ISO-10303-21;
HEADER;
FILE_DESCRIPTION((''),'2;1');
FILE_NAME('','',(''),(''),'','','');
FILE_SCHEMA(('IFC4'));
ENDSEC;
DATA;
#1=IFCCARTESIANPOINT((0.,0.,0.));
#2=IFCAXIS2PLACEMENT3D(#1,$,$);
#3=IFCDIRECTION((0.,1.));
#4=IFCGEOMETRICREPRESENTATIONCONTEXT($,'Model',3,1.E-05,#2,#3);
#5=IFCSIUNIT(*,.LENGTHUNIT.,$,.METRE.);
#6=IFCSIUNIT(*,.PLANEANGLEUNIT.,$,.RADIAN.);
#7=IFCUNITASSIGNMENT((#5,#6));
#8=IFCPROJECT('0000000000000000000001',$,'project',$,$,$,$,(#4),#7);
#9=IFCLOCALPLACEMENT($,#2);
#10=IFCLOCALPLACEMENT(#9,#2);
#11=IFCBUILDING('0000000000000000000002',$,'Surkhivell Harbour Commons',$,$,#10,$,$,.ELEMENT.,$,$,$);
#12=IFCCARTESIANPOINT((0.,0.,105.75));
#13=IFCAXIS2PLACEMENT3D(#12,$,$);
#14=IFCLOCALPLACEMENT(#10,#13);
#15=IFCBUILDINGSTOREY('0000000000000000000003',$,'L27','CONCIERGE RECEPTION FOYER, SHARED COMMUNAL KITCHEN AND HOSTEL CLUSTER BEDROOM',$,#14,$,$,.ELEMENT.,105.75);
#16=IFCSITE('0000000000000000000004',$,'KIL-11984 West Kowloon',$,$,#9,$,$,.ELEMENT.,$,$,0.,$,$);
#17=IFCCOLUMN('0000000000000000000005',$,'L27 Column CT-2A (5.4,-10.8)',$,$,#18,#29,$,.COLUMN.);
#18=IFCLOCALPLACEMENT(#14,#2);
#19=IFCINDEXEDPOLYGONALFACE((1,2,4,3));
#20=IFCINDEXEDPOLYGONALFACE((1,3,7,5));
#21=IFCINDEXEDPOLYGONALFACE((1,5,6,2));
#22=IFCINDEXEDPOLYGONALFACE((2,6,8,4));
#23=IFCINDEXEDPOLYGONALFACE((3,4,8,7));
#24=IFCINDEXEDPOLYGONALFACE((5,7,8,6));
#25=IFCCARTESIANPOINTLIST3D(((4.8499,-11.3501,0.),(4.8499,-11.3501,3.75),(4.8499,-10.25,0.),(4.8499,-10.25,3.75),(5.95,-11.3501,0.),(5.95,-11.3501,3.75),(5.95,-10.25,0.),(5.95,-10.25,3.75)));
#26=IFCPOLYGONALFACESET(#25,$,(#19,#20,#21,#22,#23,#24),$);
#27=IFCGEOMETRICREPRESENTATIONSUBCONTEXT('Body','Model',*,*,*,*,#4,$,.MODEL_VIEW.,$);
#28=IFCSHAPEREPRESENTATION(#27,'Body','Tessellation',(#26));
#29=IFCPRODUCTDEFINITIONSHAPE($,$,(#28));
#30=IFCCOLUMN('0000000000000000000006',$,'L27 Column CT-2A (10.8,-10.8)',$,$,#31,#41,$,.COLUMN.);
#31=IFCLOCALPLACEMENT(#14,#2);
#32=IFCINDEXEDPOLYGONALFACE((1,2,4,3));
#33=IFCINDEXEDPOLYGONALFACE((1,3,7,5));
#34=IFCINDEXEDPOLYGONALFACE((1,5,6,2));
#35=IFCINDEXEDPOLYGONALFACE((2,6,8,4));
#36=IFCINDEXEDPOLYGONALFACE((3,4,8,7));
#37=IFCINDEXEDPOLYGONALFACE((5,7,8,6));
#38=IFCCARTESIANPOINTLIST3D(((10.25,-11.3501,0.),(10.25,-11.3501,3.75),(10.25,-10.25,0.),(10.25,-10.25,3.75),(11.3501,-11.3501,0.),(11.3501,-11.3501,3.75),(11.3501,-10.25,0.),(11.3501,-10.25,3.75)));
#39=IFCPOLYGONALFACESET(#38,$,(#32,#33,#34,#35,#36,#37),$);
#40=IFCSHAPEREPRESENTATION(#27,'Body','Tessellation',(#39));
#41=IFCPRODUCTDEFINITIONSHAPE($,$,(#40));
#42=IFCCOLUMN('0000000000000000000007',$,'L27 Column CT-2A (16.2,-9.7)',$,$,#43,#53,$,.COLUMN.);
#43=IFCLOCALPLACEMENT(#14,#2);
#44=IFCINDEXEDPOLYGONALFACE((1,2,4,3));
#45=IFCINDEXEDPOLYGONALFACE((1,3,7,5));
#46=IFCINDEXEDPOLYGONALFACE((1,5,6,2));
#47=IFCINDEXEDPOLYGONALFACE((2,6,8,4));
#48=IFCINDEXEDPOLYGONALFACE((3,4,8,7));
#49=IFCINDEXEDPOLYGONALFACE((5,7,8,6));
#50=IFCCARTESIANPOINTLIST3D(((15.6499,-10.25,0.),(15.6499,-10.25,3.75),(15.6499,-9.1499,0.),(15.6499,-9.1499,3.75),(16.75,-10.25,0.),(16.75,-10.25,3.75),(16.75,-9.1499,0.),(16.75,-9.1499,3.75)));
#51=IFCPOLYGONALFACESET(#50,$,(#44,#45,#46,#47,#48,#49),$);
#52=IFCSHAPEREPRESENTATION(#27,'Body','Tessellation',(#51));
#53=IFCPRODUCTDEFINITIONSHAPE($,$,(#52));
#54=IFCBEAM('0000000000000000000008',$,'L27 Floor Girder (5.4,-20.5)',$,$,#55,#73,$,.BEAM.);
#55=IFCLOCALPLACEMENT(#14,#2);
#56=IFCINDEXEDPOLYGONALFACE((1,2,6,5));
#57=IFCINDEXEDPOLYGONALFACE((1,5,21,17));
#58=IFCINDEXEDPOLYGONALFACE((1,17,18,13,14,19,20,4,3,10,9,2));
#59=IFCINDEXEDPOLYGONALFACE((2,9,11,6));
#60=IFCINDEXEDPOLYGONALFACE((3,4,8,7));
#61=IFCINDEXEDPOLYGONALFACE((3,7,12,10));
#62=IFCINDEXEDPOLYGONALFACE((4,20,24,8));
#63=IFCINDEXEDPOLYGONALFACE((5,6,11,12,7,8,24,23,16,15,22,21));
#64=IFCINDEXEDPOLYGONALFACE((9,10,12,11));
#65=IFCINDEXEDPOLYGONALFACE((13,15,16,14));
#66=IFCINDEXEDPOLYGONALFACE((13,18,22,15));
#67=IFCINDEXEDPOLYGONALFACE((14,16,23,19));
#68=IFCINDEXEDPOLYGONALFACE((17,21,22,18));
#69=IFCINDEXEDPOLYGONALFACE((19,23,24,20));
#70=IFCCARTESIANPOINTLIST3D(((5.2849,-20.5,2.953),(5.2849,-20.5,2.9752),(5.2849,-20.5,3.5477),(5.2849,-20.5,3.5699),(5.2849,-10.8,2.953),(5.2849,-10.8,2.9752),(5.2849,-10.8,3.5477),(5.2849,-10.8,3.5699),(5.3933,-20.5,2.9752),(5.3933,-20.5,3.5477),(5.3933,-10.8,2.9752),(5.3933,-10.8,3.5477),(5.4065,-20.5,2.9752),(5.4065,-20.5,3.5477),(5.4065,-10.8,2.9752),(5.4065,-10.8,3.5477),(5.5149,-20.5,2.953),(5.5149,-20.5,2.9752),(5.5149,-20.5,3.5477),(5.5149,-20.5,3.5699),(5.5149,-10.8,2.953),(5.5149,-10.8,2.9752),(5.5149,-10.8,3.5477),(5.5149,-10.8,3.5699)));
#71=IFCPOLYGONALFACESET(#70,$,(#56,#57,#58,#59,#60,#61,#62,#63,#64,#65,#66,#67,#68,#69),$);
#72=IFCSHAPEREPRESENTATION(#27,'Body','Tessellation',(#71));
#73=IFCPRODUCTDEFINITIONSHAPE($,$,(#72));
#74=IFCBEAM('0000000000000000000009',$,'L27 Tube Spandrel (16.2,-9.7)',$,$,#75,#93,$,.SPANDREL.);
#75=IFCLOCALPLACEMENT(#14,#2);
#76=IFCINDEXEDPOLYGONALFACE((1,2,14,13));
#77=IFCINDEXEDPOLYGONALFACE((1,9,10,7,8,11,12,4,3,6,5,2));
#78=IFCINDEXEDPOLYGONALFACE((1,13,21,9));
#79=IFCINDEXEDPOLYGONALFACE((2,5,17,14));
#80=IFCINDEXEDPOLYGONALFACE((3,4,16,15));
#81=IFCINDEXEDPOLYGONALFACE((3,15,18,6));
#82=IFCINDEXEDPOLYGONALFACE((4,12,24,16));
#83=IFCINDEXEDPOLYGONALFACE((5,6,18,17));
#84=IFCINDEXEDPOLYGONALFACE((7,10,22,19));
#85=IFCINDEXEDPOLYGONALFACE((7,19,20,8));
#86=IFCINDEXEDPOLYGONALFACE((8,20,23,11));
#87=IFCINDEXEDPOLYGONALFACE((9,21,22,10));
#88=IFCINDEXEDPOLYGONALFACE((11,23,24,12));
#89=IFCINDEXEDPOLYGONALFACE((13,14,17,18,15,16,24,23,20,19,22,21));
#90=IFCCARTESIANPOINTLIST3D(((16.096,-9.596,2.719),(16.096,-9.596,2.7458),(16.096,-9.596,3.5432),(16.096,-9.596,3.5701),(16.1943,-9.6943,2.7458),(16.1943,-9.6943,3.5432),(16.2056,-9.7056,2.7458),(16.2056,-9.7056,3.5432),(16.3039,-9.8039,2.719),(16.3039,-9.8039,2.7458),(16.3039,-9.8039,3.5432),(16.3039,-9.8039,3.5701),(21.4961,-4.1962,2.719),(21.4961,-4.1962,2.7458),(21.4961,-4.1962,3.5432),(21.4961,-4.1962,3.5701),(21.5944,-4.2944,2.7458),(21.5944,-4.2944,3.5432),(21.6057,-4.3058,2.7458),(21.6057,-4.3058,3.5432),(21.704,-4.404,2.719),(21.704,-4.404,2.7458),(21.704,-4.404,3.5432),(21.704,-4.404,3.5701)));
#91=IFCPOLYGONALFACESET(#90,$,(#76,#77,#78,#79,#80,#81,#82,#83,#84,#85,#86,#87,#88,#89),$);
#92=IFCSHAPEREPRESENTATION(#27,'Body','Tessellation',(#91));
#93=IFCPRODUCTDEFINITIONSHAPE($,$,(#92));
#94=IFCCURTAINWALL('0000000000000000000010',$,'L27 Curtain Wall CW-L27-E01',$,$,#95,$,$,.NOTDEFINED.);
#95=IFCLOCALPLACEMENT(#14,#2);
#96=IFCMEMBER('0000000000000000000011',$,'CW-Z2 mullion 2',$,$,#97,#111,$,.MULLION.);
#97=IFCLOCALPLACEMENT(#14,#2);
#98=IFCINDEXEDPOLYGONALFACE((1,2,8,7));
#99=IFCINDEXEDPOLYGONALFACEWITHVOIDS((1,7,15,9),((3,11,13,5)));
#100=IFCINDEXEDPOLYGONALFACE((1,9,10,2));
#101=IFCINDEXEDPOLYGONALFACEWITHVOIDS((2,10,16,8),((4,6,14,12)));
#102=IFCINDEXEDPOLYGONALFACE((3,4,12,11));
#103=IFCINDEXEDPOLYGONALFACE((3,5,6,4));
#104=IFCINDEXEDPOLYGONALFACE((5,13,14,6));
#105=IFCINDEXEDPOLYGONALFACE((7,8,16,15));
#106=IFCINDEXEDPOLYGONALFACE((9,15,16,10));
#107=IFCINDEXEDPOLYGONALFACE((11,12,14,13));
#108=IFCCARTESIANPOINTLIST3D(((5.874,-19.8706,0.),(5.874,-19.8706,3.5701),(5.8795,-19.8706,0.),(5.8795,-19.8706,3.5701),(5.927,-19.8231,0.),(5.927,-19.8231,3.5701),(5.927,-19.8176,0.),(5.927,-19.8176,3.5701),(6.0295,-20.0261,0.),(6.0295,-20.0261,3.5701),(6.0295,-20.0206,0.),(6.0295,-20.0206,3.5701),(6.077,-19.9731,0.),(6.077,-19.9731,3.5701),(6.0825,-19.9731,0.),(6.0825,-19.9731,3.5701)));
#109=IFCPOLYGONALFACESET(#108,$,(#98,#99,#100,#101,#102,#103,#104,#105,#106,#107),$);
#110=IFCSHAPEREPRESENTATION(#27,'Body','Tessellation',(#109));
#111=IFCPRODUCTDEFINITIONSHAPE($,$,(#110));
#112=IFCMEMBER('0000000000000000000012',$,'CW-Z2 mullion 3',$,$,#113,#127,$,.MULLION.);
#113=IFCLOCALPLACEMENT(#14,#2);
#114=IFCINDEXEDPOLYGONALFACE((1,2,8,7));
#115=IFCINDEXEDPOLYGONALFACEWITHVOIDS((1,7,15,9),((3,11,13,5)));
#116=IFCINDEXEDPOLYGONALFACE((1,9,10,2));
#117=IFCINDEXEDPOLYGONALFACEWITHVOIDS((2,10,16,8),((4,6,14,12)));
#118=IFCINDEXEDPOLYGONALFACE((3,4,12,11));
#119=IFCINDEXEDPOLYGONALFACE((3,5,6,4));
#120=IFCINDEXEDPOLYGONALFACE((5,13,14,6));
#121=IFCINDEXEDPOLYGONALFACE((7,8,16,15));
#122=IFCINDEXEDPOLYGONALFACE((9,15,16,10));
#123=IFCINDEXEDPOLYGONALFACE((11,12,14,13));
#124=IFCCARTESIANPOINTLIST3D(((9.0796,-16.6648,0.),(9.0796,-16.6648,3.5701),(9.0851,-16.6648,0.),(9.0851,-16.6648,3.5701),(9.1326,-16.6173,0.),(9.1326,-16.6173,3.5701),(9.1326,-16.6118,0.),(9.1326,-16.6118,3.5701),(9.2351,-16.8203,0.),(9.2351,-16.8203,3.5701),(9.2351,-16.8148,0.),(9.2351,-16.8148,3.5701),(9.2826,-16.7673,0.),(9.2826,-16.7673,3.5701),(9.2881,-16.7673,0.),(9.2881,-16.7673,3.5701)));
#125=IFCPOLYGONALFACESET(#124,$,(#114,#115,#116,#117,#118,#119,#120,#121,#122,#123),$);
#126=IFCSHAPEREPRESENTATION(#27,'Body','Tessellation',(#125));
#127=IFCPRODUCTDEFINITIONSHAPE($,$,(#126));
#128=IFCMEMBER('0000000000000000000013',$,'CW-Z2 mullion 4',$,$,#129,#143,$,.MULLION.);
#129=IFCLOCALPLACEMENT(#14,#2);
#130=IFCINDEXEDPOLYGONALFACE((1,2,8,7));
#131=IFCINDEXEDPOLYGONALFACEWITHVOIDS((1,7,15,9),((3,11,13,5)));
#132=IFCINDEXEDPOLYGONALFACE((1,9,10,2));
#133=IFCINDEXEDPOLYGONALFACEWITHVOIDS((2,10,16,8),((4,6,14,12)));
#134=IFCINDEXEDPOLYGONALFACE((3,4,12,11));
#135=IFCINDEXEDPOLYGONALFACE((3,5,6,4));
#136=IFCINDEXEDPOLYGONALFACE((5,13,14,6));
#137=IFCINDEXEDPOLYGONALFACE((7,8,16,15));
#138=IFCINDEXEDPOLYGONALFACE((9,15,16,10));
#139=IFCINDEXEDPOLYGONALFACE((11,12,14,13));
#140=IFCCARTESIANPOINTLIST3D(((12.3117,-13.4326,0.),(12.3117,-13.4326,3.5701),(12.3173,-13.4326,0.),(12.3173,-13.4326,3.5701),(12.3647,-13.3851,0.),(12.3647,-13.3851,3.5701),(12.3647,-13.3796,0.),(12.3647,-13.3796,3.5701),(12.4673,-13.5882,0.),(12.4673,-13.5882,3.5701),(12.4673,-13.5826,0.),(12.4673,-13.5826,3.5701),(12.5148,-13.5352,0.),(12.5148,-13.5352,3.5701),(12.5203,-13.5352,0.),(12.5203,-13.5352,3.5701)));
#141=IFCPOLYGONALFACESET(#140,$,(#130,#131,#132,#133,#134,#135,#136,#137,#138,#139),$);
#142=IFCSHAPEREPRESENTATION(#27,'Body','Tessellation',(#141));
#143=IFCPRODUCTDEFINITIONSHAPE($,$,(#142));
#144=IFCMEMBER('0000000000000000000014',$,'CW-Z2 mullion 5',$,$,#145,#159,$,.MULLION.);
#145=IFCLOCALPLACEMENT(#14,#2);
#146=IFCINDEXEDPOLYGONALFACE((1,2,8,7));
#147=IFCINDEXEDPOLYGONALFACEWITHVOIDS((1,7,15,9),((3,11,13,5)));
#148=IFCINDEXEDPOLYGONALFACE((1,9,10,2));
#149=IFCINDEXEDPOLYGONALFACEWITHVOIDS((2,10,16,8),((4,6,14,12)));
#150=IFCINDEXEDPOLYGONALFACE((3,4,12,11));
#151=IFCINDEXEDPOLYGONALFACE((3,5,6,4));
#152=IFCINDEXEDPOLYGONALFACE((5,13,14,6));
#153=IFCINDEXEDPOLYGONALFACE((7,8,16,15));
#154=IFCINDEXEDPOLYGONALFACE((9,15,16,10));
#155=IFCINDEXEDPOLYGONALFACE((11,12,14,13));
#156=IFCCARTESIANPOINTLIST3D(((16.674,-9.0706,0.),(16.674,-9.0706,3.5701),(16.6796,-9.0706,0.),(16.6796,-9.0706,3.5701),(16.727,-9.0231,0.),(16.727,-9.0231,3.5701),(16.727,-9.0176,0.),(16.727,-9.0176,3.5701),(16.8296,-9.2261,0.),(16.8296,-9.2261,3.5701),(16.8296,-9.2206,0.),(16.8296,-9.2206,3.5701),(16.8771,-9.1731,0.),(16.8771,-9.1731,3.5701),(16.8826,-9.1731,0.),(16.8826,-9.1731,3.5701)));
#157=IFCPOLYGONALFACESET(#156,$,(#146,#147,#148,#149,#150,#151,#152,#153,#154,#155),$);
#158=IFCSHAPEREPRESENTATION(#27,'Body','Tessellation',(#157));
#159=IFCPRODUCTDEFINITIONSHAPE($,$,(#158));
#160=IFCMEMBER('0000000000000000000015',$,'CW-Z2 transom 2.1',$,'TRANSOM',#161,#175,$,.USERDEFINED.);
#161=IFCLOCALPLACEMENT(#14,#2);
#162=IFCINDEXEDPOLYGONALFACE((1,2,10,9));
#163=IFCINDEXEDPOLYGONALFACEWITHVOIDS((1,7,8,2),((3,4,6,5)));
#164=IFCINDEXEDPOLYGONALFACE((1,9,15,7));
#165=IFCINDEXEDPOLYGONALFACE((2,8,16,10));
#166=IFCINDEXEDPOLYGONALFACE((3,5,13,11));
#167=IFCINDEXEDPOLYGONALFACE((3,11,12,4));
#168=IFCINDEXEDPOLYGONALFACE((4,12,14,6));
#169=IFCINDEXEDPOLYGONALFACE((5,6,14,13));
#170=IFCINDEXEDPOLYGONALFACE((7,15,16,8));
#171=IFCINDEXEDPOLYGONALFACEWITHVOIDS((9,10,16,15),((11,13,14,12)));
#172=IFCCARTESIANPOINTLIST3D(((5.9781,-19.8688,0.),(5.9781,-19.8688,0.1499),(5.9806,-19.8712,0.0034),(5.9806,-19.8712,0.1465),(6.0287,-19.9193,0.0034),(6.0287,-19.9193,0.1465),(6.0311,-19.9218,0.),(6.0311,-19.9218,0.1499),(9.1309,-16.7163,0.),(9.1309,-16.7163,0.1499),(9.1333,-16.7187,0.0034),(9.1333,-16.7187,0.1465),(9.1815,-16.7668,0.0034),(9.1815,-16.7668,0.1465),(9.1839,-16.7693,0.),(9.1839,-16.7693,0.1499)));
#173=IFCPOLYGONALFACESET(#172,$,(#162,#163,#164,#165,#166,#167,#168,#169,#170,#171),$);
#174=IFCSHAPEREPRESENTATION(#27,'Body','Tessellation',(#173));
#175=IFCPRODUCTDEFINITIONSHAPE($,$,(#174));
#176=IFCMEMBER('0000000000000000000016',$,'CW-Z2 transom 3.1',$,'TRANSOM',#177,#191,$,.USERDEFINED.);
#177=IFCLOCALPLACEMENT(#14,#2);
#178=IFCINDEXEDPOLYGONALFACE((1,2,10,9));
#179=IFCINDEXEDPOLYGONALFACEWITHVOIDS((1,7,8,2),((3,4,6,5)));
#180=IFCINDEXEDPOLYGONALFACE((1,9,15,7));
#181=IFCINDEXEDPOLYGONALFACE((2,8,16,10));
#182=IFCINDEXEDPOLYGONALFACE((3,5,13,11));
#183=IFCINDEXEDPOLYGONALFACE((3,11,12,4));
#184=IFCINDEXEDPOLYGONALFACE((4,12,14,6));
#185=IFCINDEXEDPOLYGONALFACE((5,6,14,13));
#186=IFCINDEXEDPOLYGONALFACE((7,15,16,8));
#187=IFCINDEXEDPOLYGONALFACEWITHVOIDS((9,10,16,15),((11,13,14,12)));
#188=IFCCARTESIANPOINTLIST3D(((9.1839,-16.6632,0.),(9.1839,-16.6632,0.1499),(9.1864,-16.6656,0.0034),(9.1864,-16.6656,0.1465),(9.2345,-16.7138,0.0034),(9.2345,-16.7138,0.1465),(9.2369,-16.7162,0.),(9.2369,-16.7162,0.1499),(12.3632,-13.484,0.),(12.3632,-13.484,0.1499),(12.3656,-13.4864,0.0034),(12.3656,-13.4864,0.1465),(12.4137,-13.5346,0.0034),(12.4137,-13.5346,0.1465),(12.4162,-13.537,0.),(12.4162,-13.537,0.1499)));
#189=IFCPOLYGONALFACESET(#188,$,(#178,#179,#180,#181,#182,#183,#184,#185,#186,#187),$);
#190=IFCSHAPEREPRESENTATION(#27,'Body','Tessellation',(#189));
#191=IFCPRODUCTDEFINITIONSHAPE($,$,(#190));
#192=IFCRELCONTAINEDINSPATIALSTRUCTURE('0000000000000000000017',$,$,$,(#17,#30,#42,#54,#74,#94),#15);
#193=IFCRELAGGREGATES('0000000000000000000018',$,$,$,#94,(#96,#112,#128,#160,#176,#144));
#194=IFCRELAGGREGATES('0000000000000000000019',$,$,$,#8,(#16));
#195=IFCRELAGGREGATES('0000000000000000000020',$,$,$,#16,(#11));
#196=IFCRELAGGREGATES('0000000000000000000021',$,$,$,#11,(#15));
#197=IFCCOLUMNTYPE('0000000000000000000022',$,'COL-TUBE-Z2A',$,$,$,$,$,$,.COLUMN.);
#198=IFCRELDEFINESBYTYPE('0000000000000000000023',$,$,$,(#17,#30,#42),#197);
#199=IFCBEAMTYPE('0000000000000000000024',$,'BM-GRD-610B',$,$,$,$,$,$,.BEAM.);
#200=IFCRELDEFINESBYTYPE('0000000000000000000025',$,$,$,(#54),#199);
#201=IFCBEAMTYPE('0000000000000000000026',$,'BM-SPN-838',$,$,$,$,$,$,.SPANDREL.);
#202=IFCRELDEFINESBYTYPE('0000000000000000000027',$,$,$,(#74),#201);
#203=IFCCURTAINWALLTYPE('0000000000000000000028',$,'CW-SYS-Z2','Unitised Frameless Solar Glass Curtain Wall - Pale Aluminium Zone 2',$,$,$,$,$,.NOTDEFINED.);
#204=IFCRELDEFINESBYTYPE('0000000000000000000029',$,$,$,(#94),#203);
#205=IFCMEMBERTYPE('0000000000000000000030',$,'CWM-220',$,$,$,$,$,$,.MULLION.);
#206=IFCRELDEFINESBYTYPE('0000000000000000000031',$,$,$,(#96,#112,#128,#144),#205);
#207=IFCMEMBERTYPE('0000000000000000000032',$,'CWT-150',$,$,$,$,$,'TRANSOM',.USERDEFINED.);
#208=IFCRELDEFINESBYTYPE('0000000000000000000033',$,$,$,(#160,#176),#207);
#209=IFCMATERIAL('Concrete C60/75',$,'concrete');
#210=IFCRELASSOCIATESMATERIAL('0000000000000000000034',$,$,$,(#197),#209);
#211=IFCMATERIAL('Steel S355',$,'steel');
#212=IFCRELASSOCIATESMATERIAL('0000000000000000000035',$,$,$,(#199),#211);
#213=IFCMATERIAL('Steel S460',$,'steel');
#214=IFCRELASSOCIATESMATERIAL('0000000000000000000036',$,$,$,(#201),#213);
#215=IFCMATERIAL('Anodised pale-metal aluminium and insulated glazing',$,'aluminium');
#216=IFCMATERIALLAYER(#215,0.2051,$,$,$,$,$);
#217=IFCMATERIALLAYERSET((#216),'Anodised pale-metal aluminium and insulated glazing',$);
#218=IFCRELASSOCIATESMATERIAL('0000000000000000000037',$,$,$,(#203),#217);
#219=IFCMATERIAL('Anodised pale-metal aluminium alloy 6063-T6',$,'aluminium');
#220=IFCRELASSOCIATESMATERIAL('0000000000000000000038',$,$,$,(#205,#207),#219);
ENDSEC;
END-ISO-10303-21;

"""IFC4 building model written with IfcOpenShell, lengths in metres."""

from ifc_helpers import new_model, si_unit, direction, frame, origin, origin_2d, place, context, subcontext, project, spatial, rectangle, hollow_rectangle, i_section, extrude, material, layer, layer_set, material_profile, profile_set, type_object, element, aggregate, save


model = new_model("IFC4")

# Units and contexts
model_context = context("Model", 3, precision=1e-05, world=origin(), true_north=direction((0.0, 1.0)))
body_context = subcontext(model_context, "Body", "Model", "MODEL_VIEW")
ifc_project = project(units=[si_unit("LENGTHUNIT", "METRE"), si_unit("PLANEANGLEUNIT", "RADIAN")], contexts=[model_context])

# Site, building, storey
site_placement = place(None, origin())
site = spatial("IfcSite", under=ifc_project, at=site_placement, Name="KIL-11984 West Kowloon", CompositionType="ELEMENT", RefElevation=0.0)
building_placement = place(site_placement, origin())
building = spatial("IfcBuilding", under=site, at=building_placement, Name="Surkhivell Harbour Commons", CompositionType="ELEMENT")
storey_placement = place(building_placement, frame((0.0, 0.0, 105.75)))
storey = spatial("IfcBuildingStorey", under=building, at=storey_placement, Name="L27", Description="CONCIERGE RECEPTION FOYER, SHARED COMMUNAL KITCHEN AND HOSTEL CLUSTER BEDROOM", CompositionType="ELEMENT", Elevation=105.75)

# Columns
ifc_material_1 = material(Name="Concrete C60/75", Category="concrete")
ifc_material_profile_1 = material_profile(ifc_material_1, rectangle(XDim=1.1001, YDim=1.1001, at=origin_2d()), Name="RC-COL-1100x1100")
ifc_profile_set_1 = profile_set([ifc_material_profile_1], Name="Concrete C60/75")
column_type = type_object("IfcColumnType", Name="COL-TUBE-Z2A", PredefinedType="COLUMN", material=ifc_profile_set_1)
for number, where, z_axis, x_axis, name in (
    (1, (5.3999, -10.8, 0.0), (0.0, 0.0, 1.0), (1.0, 0.0, 0.0), "L27 Column CT-2A (5.4,-10.8)"),
    (2, (10.8, -10.8, 0.0), (0.0, 0.0, 1.0), (1.0, 0.0, 0.0), "L27 Column CT-2A (10.8,-10.8)"),
    (3, (16.2, -9.7, 0.0), (0.0, 0.0, 1.0), (1.0, 0.0, 0.0), "L27 Column CT-2A (16.2,-9.7)"),
):
    element("IfcColumn", number, at=place(storey_placement, frame(where, z_axis=z_axis, x_axis=x_axis)), inside=storey, type_object=column_type, Name=name, PredefinedType="COLUMN", context=body_context, shape_type="SweptSolid", body=[
        extrude(rectangle(XDim=1.1001, YDim=1.1001, at=origin_2d()), origin(), (0.0, 0.0, 1.0), 3.75),
    ])

# Beams
ifc_material_2 = material(Name="Steel S355", Category="steel")
ifc_material_profile_2 = material_profile(ifc_material_2, i_section(OverallWidth=0.23, OverallDepth=0.6169, WebThickness=0.0132, FlangeThickness=0.0222, at=origin_2d()), Name="UB610x229x140")
ifc_profile_set_2 = profile_set([ifc_material_profile_2], Name="Steel S355")
beam_type_1 = type_object("IfcBeamType", Name="BM-GRD-610B", PredefinedType="BEAM", material=ifc_profile_set_2)
beam_1_placement = place(storey_placement, frame((5.3999, -20.5, 3.2615), z_axis=(0.0, 1.0, 0.0), x_axis=(-1.0, 0.0, 0.0)))
element("IfcBeam", 4, at=beam_1_placement, inside=storey, type_object=beam_type_1, Name="L27 Floor Girder (5.4,-20.5)", PredefinedType="BEAM", context=body_context, shape_type="SweptSolid", body=[
    extrude(i_section(OverallWidth=0.23, OverallDepth=0.6169, WebThickness=0.0132, FlangeThickness=0.0222, at=origin_2d()), origin(), (0.0, 0.0, 1.0), 9.7),
])
ifc_material_3 = material(Name="Steel S460", Category="steel")
ifc_material_profile_3 = material_profile(ifc_material_3, i_section(OverallWidth=0.2939, OverallDepth=0.8511, WebThickness=0.0161, FlangeThickness=0.0269, at=origin_2d()), Name="UB838x292x226")
ifc_profile_set_3 = profile_set([ifc_material_profile_3], Name="Steel S460")
beam_type_2 = type_object("IfcBeamType", Name="BM-SPN-838", PredefinedType="SPANDREL", material=ifc_profile_set_3)
beam_2_placement = place(storey_placement, frame((16.2, -9.7, 3.1445), z_axis=(0.707123, 0.707091, 0.0), x_axis=(-0.707091, 0.707123, 0.0)))
element("IfcBeam", 5, at=beam_2_placement, inside=storey, type_object=beam_type_2, Name="L27 Tube Spandrel (16.2,-9.7)", PredefinedType="SPANDREL", context=body_context, shape_type="SweptSolid", body=[
    extrude(i_section(OverallWidth=0.2939, OverallDepth=0.8511, WebThickness=0.0161, FlangeThickness=0.0269, at=origin_2d()), origin(), (0.0, 0.0, 1.0), 7.6367),
])

# Curtain wall, members
ifc_material_4 = material(Name="Anodised pale-metal aluminium and insulated glazing", Category="aluminium")
ifc_layer_1 = layer(ifc_material_4, 0.2051)
ifc_layer_set_1 = layer_set([ifc_layer_1], Name="Anodised pale-metal aluminium and insulated glazing")
curtain_wall_type = type_object("IfcCurtainWallType", Name="CW-SYS-Z2", Description="Unitised Frameless Solar Glass Curtain Wall - Pale Aluminium Zone 2", PredefinedType="NOTDEFINED", material=ifc_layer_set_1)
curtain_wall_placement = place(storey_placement, origin())
curtain_wall = element("IfcCurtainWall", 6, at=curtain_wall_placement, inside=storey, type_object=curtain_wall_type, Name="L27 Curtain Wall CW-L27-E01", PredefinedType="NOTDEFINED")
ifc_material_5 = material(Name="Anodised pale-metal aluminium alloy 6063-T6", Category="aluminium")
ifc_material_profile_4 = material_profile(ifc_material_5, hollow_rectangle(XDim=0.075, YDim=0.22, WallThickness=0.0039, at=origin_2d()), Name="ALU-MULL-75x220")
ifc_profile_set_4 = profile_set([ifc_material_profile_4], Name="Anodised pale-metal aluminium alloy 6063-T6")
member_type_1 = type_object("IfcMemberType", Name="CWM-220", PredefinedType="MULLION", material=ifc_profile_set_4)
member_1_placement = place(storey_placement, frame((5.9783, -19.9219, 0.0), z_axis=(0.0, 0.0, 1.0), x_axis=(0.707107, 0.707107, 0.0)))
member_1 = element("IfcMember", 7, at=member_1_placement, type_object=member_type_1, Name="CW-Z2 mullion 2", PredefinedType="MULLION", context=body_context, shape_type="SweptSolid", body=[
    extrude(hollow_rectangle(XDim=0.075, YDim=0.22, WallThickness=0.0039, at=origin_2d()), origin(), (0.0, 0.0, 1.0), 3.5701),
])
member_2_placement = place(storey_placement, frame((9.1838, -16.7161, 0.0), z_axis=(0.0, 0.0, 1.0), x_axis=(0.707107, 0.707107, 0.0)))
member_2 = element("IfcMember", 8, at=member_2_placement, type_object=member_type_1, Name="CW-Z2 mullion 3", PredefinedType="MULLION", context=body_context, shape_type="SweptSolid", body=[
    extrude(hollow_rectangle(XDim=0.075, YDim=0.22, WallThickness=0.0039, at=origin_2d()), origin(), (0.0, 0.0, 1.0), 3.5701),
])
member_3_placement = place(storey_placement, frame((12.416, -13.4839, 0.0), z_axis=(0.0, 0.0, 1.0), x_axis=(0.707107, 0.707107, 0.0)))
member_3 = element("IfcMember", 9, at=member_3_placement, type_object=member_type_1, Name="CW-Z2 mullion 4", PredefinedType="MULLION", context=body_context, shape_type="SweptSolid", body=[
    extrude(hollow_rectangle(XDim=0.075, YDim=0.22, WallThickness=0.0039, at=origin_2d()), origin(), (0.0, 0.0, 1.0), 3.5701),
])
member_4_placement = place(storey_placement, frame((16.7783, -9.1218, 0.0), z_axis=(0.0, 0.0, 1.0), x_axis=(0.707107, 0.707107, 0.0)))
member_4 = element("IfcMember", 10, at=member_4_placement, type_object=member_type_1, Name="CW-Z2 mullion 5", PredefinedType="MULLION", context=body_context, shape_type="SweptSolid", body=[
    extrude(hollow_rectangle(XDim=0.075, YDim=0.22, WallThickness=0.0039, at=origin_2d()), origin(), (0.0, 0.0, 1.0), 3.5701),
])
ifc_material_profile_5 = material_profile(ifc_material_5, hollow_rectangle(XDim=0.075, YDim=0.1499, WallThickness=0.0034, at=origin_2d()), Name="ALU-TRAN-75x150")
ifc_profile_set_5 = profile_set([ifc_material_profile_5], Name="Anodised pale-metal aluminium alloy 6063-T6")
member_type_2 = type_object("IfcMemberType", Name="CWT-150", ElementType="TRANSOM", PredefinedType="USERDEFINED", material=ifc_profile_set_5)
member_5_placement = place(storey_placement, frame((6.0046, -19.8953, 0.075), z_axis=(0.707134, 0.707079, 0.0), x_axis=(-0.707079, 0.707134, 0.0)))
member_5 = element("IfcMember", 11, at=member_5_placement, type_object=member_type_2, Name="CW-Z2 transom 2.1", ObjectType="TRANSOM", PredefinedType="USERDEFINED", context=body_context, shape_type="SweptSolid", body=[
    extrude(hollow_rectangle(XDim=0.075, YDim=0.1499, WallThickness=0.0034, at=origin_2d()), origin(), (0.0, 0.0, 1.0), 4.4585),
])
member_6_placement = place(storey_placement, frame((9.2104, -16.6897, 0.075), z_axis=(0.707107, 0.707107, 0.0), x_axis=(-0.707107, 0.707107, 0.0)))
member_6 = element("IfcMember", 12, at=member_6_placement, type_object=member_type_2, Name="CW-Z2 transom 3.1", ObjectType="TRANSOM", PredefinedType="USERDEFINED", context=body_context, shape_type="SweptSolid", body=[
    extrude(hollow_rectangle(XDim=0.075, YDim=0.1499, WallThickness=0.0034, at=origin_2d()), origin(), (0.0, 0.0, 1.0), 4.4961),
])
aggregate(curtain_wall, [member_1, member_2, member_3, member_5, member_6, member_4])

save(model, "model.ifc")
